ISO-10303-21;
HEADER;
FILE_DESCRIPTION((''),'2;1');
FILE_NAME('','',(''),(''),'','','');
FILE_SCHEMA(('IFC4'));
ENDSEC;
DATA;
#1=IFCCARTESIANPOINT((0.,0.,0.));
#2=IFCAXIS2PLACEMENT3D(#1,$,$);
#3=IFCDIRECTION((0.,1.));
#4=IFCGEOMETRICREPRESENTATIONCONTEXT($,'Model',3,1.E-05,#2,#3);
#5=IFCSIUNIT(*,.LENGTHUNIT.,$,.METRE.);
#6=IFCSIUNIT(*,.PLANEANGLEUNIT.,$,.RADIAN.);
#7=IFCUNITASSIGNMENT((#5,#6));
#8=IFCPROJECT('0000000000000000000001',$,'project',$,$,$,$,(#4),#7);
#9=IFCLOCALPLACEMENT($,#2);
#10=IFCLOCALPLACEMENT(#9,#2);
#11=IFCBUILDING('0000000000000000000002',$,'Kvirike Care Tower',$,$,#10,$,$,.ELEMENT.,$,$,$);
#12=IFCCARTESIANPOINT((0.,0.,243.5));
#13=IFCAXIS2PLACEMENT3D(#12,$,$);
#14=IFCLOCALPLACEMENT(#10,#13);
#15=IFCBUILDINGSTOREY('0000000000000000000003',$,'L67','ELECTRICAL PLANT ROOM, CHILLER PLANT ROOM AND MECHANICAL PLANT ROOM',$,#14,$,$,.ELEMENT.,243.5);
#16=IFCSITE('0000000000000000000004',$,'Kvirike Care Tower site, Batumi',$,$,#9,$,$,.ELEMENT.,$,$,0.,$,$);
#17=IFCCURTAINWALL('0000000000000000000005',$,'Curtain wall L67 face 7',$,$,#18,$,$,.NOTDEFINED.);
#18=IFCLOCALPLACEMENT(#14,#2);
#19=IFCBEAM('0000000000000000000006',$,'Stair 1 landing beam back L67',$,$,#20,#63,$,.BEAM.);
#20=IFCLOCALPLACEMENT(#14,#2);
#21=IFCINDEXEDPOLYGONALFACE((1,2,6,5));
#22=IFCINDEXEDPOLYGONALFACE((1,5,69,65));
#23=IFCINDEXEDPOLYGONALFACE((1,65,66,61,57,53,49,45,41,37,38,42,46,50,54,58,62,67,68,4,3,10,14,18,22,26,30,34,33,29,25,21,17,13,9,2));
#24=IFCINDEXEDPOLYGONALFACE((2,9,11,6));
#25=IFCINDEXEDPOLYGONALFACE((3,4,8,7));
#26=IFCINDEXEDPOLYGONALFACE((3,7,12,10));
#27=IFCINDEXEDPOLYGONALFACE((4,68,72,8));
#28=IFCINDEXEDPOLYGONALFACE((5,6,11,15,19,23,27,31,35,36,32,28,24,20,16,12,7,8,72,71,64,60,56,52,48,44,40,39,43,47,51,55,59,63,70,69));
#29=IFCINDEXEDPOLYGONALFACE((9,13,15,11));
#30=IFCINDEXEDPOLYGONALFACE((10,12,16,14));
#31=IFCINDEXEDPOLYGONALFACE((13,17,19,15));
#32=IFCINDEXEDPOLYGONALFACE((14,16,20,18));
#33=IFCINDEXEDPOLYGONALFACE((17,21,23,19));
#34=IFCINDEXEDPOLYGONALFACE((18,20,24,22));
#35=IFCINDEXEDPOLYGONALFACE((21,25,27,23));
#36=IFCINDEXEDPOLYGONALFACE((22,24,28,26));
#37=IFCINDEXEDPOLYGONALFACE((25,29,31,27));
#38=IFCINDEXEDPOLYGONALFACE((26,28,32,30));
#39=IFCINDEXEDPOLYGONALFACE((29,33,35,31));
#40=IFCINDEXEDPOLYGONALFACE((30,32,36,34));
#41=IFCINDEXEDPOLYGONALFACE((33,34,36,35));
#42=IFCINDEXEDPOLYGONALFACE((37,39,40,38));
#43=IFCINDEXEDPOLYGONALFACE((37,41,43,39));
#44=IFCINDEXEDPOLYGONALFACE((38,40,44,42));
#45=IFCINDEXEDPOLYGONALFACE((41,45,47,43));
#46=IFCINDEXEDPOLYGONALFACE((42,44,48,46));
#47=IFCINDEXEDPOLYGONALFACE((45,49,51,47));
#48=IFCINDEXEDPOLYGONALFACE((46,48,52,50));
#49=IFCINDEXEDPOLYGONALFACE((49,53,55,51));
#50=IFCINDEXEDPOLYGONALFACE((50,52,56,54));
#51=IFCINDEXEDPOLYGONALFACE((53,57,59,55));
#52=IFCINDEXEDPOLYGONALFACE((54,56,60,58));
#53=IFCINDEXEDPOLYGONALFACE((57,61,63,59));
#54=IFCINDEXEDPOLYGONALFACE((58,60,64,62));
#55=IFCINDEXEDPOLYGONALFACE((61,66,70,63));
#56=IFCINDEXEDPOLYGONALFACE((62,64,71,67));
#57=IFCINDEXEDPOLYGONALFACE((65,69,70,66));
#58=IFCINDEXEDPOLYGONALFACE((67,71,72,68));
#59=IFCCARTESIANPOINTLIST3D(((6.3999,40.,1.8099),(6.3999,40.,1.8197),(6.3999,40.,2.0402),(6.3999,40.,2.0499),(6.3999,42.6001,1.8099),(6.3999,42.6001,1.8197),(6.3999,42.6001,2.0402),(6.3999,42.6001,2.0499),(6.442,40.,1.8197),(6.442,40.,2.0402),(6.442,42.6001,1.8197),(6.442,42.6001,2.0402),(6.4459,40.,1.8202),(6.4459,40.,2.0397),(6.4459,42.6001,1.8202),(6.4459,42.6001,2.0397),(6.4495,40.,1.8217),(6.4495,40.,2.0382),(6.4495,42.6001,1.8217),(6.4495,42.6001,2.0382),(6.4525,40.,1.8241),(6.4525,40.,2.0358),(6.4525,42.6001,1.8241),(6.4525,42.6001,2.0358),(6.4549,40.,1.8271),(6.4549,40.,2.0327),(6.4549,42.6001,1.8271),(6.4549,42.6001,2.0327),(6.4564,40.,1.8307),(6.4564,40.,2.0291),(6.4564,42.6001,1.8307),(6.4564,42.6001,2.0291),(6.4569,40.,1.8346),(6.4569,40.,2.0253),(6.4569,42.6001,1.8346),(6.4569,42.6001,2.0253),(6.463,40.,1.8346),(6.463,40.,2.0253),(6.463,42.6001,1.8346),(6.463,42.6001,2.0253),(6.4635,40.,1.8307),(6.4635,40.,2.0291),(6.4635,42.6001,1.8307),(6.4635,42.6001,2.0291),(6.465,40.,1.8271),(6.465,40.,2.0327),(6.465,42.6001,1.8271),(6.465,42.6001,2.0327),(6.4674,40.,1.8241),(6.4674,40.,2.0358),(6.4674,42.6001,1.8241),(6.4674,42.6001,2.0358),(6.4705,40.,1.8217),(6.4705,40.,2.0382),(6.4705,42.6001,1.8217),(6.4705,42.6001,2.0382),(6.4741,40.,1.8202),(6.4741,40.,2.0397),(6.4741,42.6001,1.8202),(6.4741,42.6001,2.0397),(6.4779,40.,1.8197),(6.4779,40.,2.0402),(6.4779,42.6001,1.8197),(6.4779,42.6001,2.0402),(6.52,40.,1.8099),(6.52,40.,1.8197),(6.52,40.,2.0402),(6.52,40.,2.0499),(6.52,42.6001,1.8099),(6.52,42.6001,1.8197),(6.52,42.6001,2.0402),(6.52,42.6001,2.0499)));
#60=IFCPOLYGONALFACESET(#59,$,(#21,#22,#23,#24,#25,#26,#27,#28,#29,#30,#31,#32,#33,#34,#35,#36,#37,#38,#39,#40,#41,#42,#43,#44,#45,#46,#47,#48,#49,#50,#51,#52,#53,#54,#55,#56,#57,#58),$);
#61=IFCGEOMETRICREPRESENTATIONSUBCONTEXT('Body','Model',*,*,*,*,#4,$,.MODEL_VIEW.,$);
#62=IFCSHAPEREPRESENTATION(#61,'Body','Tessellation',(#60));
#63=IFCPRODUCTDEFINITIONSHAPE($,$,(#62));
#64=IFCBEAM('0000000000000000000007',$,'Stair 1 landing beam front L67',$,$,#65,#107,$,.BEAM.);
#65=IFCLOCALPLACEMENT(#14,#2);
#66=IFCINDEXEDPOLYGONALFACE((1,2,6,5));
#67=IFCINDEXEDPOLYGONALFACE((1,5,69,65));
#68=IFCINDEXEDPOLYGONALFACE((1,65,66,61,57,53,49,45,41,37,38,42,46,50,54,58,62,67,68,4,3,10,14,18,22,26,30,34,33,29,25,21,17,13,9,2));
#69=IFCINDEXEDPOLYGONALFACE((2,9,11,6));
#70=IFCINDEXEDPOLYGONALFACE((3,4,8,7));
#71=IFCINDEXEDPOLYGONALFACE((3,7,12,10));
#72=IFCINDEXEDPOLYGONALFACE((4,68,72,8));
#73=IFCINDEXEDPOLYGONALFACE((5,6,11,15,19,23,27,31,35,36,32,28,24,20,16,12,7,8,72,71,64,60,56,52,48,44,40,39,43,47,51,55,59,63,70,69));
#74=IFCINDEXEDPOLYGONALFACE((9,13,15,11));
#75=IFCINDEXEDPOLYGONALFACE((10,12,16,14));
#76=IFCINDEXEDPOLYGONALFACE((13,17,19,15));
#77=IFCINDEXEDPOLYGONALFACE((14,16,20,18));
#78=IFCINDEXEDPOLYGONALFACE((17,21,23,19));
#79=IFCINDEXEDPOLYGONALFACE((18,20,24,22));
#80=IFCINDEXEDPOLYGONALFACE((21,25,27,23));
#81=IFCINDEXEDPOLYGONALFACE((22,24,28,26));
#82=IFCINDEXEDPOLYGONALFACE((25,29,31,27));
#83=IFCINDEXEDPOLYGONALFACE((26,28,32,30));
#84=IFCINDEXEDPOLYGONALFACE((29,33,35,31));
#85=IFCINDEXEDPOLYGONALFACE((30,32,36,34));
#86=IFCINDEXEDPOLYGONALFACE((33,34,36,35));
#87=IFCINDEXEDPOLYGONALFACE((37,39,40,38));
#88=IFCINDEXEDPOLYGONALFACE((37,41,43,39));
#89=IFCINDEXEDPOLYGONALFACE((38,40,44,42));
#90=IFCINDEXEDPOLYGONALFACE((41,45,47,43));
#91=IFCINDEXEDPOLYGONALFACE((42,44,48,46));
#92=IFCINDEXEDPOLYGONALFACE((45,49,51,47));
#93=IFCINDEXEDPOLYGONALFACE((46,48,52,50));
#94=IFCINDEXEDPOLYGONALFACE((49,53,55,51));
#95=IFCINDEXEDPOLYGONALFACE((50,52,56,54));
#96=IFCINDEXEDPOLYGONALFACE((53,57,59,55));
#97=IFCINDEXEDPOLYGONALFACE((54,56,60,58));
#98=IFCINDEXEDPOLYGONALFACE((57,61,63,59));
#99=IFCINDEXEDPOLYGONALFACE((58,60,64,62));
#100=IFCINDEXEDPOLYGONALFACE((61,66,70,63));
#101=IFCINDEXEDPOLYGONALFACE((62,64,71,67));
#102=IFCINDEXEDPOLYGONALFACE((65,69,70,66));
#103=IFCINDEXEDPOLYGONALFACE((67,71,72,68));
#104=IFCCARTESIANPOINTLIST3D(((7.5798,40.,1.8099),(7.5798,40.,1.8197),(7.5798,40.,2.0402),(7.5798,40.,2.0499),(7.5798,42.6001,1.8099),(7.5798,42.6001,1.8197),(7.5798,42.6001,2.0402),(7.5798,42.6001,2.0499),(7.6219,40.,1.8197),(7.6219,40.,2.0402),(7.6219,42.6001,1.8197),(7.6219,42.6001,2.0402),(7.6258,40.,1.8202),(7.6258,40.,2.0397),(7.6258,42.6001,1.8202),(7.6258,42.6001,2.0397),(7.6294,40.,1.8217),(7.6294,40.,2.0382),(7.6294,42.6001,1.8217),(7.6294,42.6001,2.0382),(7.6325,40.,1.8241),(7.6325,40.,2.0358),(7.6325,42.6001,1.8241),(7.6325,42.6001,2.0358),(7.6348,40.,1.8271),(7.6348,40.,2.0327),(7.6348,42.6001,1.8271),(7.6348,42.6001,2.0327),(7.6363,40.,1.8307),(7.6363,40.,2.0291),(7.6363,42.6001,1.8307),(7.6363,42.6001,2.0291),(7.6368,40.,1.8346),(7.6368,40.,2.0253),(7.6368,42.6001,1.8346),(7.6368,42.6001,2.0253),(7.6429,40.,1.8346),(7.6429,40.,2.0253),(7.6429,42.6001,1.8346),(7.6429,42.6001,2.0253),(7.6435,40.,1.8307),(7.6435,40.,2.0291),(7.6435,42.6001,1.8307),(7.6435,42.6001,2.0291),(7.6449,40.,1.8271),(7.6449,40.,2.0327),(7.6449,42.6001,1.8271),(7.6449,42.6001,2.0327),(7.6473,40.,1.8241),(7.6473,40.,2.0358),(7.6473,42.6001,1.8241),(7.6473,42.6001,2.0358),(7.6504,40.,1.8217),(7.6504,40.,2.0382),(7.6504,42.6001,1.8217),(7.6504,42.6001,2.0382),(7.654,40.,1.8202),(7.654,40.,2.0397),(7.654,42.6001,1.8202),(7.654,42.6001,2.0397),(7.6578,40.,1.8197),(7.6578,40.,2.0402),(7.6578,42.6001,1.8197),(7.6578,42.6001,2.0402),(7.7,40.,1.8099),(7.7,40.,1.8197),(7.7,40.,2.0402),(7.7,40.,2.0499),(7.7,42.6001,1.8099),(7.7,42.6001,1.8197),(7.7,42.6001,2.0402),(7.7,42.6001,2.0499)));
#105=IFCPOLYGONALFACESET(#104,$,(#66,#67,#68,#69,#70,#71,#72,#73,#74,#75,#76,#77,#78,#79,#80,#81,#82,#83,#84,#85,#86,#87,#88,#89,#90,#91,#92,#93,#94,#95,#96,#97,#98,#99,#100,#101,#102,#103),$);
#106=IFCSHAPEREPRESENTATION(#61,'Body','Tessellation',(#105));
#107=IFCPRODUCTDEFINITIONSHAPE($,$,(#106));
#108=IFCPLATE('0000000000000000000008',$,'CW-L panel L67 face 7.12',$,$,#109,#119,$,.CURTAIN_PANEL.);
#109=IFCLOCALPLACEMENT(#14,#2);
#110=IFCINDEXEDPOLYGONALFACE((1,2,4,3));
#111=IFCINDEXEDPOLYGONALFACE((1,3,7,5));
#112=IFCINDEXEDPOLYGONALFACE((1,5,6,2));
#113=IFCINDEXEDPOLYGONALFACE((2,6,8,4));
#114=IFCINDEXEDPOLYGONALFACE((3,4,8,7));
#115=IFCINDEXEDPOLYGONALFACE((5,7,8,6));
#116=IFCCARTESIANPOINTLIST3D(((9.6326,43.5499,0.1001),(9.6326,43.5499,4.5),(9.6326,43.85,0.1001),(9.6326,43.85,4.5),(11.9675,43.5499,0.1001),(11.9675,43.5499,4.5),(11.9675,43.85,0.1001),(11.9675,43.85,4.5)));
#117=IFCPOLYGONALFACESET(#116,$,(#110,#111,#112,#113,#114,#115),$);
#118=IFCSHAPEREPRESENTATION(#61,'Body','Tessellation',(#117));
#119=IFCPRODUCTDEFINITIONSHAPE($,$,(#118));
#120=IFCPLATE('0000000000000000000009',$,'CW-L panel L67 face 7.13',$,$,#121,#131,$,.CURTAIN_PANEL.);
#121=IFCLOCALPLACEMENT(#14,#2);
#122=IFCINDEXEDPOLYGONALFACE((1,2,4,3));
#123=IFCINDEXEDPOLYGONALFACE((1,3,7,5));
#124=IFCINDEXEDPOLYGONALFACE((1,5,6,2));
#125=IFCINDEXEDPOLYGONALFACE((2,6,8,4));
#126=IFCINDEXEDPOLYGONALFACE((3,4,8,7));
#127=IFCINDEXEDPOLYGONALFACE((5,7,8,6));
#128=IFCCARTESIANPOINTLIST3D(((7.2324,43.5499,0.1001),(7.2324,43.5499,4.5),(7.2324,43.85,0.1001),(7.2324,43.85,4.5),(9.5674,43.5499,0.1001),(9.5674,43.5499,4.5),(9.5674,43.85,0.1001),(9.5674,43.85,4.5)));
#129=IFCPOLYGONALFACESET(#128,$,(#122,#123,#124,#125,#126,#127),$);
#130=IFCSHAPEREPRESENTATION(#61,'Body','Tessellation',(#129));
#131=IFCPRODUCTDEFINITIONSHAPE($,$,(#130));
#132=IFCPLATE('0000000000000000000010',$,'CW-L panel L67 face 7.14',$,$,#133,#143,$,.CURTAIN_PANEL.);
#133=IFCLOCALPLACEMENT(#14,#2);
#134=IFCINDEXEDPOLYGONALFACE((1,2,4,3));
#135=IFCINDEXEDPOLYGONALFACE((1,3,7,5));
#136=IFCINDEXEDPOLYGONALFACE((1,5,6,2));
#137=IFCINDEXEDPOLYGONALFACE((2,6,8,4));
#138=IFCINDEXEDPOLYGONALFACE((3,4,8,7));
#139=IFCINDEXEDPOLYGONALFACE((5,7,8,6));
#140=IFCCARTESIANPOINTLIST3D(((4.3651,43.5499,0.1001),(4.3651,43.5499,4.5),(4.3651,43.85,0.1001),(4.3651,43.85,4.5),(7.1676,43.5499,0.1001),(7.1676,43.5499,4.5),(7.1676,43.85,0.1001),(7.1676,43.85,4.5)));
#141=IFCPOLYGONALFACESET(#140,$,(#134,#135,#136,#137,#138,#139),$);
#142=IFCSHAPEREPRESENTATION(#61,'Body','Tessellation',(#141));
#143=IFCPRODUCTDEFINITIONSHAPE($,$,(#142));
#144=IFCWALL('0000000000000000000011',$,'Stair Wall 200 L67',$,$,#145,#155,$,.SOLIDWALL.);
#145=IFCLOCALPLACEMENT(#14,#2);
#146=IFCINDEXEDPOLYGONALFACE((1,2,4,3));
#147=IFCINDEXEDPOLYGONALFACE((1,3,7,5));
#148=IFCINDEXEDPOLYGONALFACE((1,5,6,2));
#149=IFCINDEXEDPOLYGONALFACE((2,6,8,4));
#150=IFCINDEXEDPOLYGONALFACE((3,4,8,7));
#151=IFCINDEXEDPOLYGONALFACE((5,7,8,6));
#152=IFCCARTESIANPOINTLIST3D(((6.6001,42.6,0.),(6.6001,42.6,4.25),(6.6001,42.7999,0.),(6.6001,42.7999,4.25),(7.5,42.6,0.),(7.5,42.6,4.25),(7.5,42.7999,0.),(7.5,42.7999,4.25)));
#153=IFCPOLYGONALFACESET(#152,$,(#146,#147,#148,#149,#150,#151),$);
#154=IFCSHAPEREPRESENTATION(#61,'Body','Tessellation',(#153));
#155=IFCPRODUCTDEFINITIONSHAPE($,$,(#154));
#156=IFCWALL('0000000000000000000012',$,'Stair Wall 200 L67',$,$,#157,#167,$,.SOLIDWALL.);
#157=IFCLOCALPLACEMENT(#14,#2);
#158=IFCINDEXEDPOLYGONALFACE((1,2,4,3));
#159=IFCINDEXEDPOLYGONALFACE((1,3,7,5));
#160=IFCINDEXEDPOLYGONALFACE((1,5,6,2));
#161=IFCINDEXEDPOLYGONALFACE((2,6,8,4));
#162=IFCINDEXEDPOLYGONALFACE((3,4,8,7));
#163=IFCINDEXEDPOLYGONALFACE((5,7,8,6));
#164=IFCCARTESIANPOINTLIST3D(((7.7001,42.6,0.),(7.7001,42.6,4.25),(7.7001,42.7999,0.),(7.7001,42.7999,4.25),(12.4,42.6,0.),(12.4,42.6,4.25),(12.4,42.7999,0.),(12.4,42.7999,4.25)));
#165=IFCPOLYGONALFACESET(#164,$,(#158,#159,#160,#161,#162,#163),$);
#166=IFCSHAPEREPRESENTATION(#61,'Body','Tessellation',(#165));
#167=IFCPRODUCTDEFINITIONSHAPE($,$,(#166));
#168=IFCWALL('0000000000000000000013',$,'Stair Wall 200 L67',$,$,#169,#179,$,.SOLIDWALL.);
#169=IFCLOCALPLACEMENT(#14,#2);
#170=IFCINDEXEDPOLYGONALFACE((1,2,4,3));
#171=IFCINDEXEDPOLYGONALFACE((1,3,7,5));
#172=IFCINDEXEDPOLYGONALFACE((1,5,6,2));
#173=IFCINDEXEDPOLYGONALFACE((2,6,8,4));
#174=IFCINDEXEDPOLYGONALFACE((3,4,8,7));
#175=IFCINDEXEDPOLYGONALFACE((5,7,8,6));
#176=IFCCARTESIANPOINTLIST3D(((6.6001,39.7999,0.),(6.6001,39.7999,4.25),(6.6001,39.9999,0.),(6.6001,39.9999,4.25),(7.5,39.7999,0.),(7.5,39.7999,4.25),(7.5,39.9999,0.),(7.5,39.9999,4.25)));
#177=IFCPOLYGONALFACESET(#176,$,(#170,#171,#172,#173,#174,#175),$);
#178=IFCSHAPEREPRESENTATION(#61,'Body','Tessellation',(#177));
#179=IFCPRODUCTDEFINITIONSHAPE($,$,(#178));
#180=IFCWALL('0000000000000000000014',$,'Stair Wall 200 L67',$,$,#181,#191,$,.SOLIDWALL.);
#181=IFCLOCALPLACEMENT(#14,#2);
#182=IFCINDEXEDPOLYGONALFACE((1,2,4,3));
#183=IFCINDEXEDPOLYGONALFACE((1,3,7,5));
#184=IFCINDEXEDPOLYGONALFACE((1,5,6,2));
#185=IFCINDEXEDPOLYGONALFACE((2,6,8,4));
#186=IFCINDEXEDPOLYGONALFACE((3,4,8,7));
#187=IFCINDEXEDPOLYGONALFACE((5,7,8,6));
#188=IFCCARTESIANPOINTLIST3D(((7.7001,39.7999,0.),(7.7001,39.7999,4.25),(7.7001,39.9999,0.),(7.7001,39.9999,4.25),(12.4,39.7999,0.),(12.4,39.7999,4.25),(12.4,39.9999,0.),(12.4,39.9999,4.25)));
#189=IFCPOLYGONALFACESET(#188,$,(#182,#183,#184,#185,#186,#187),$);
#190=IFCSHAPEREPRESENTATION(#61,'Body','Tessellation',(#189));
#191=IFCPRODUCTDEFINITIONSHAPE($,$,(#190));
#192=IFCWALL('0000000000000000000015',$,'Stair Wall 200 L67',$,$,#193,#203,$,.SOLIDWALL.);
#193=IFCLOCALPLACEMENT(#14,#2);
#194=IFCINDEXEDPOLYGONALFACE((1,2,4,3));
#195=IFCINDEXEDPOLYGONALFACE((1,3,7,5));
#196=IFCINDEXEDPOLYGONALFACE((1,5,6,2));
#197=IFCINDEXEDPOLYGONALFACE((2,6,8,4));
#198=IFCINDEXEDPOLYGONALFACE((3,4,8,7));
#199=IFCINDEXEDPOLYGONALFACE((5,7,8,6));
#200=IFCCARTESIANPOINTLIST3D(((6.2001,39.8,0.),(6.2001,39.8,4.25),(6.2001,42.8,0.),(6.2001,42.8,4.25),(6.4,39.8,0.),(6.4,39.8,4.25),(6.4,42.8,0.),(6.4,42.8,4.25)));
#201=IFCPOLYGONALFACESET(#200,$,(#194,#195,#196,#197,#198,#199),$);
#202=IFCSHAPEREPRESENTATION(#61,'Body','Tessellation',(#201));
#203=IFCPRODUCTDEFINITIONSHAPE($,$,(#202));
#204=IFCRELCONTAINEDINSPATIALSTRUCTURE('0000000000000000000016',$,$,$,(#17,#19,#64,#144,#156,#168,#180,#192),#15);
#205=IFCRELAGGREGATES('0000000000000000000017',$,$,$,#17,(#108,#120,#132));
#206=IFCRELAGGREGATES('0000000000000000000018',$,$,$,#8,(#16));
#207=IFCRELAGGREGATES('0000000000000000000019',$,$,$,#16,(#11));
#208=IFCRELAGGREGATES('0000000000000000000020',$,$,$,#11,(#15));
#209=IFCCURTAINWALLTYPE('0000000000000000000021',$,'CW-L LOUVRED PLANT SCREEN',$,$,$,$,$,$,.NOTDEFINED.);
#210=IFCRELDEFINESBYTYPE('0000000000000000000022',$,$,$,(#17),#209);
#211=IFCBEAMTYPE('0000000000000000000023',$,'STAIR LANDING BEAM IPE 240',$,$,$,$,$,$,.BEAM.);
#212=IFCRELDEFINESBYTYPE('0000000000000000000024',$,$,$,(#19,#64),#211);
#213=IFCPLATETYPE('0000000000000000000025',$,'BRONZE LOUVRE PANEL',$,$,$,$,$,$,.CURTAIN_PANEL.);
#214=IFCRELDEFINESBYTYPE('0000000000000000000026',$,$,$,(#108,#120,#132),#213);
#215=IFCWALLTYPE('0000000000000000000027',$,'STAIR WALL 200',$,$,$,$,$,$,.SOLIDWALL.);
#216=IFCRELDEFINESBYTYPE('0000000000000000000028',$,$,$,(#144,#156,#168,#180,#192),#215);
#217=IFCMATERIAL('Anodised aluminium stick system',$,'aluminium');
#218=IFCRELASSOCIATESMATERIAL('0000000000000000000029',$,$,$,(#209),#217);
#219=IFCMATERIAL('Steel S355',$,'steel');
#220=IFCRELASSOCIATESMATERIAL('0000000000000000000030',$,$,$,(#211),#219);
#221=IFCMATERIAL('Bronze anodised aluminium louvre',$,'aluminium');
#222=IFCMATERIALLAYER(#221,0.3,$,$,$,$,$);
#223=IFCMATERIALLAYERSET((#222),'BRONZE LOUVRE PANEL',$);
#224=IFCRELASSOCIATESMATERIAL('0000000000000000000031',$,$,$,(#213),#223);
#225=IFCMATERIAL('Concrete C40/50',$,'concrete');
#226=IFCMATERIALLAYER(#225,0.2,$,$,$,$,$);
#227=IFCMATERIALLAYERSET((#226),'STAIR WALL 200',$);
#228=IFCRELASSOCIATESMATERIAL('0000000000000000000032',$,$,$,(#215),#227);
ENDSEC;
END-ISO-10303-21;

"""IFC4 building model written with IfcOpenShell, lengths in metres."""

from ifc_helpers import new_model, si_unit, direction, frame, frame_2d, origin, origin_2d, place, context, subcontext, project, spatial, rectangle, i_section, extrude, material, layer, layer_set, material_profile, profile_set, type_object, element, aggregate, save


model = new_model("IFC4")

# Units and contexts
model_context = context("Model", 3, precision=1e-05, world=origin(), true_north=direction((0.0, 1.0)))
body_context = subcontext(model_context, "Body", "Model", "MODEL_VIEW")
ifc_project = project(units=[si_unit("LENGTHUNIT", "METRE"), si_unit("PLANEANGLEUNIT", "RADIAN")], contexts=[model_context])

# Site, building, storey
site_placement = place(None, origin())
site = spatial("IfcSite", under=ifc_project, at=site_placement, Name="Kvirike Care Tower site, Batumi", CompositionType="ELEMENT", RefElevation=0.0)
building_placement = place(site_placement, origin())
building = spatial("IfcBuilding", under=site, at=building_placement, Name="Kvirike Care Tower", CompositionType="ELEMENT")
storey_placement = place(building_placement, frame((0.0, 0.0, 243.5)))
storey = spatial("IfcBuildingStorey", under=building, at=storey_placement, Name="L67", Description="ELECTRICAL PLANT ROOM, CHILLER PLANT ROOM AND MECHANICAL PLANT ROOM", CompositionType="ELEMENT", Elevation=243.5)

# Curtain wall
ifc_material_1 = material(Name="Anodised aluminium stick system", Category="aluminium")
curtain_wall_type = type_object("IfcCurtainWallType", Name="CW-L LOUVRED PLANT SCREEN", PredefinedType="NOTDEFINED", material=ifc_material_1)
curtain_wall_placement = place(storey_placement, origin())
curtain_wall = element("IfcCurtainWall", 1, at=curtain_wall_placement, inside=storey, type_object=curtain_wall_type, Name="Curtain wall L67 face 7", PredefinedType="NOTDEFINED")

# Beams
ifc_material_2 = material(Name="Steel S355", Category="steel")
ifc_material_profile_1 = material_profile(ifc_material_2, i_section(OverallWidth=0.1201, OverallDepth=0.24, WebThickness=0.0061, FlangeThickness=0.0098, FilletRadius=0.0149, at=origin_2d()), Name="IPE 240")
ifc_profile_set_1 = profile_set([ifc_material_profile_1], Name="Steel S355")
beam_type_1 = type_object("IfcBeamType", Name="STAIR LANDING BEAM IPE 240", PredefinedType="BEAM", material=ifc_profile_set_1)
for number, where, z_axis, x_axis, name in (
    (2, (6.46, 42.6001, 1.9299), (0.0, -1.0, 0.0), (1.0, 0.0, 0.0), "Stair 1 landing beam back L67"),
    (3, (7.6399, 42.6001, 1.9299), (0.0, -1.0, 0.0), (1.0, 0.0, 0.0), "Stair 1 landing beam front L67"),
):
    element("IfcBeam", number, at=place(storey_placement, frame(where, z_axis=z_axis, x_axis=x_axis)), inside=storey, type_object=beam_type_1, Name=name, PredefinedType="BEAM", context=body_context, shape_type="SweptSolid", body=[
        extrude(i_section(OverallWidth=0.1201, OverallDepth=0.24, WebThickness=0.0061, FlangeThickness=0.0098, FilletRadius=0.0149, at=origin_2d()), origin(), (0.0, 0.0, 1.0), 2.6001),
    ])

# Plates
ifc_material_3 = material(Name="Bronze anodised aluminium louvre", Category="aluminium")
ifc_layer_1 = layer(ifc_material_3, 0.3)
ifc_layer_set_1 = layer_set([ifc_layer_1], Name="BRONZE LOUVRE PANEL")
plate_type = type_object("IfcPlateType", Name="BRONZE LOUVRE PANEL", PredefinedType="CURTAIN_PANEL", material=ifc_layer_set_1)
plate_1_placement = place(storey_placement, frame((10.8, 43.7, 0.1001), z_axis=(0.0, 0.0, 1.0), x_axis=(-1.0, 0.0, 0.0)))
plate_1 = element("IfcPlate", 4, at=plate_1_placement, type_object=plate_type, Name="CW-L panel L67 face 7.12", PredefinedType="CURTAIN_PANEL", context=body_context, shape_type="SweptSolid", body=[
    extrude(rectangle(XDim=2.335, YDim=0.3, at=origin_2d()), origin(), (0.0, 0.0, 1.0), 4.3999),
])
plate_2_placement = place(storey_placement, frame((8.3999, 43.7, 0.1001), z_axis=(0.0, 0.0, 1.0), x_axis=(-1.0, 0.0, 0.0)))
plate_2 = element("IfcPlate", 5, at=plate_2_placement, type_object=plate_type, Name="CW-L panel L67 face 7.13", PredefinedType="CURTAIN_PANEL", context=body_context, shape_type="SweptSolid", body=[
    extrude(rectangle(XDim=2.335, YDim=0.3, at=origin_2d()), origin(), (0.0, 0.0, 1.0), 4.3999),
])
plate_3_placement = place(storey_placement, frame((5.7664, 43.7, 0.1001), z_axis=(0.0, 0.0, 1.0), x_axis=(-1.0, 0.0, 0.0)))
plate_3 = element("IfcPlate", 6, at=plate_3_placement, type_object=plate_type, Name="CW-L panel L67 face 7.14", PredefinedType="CURTAIN_PANEL", context=body_context, shape_type="SweptSolid", body=[
    extrude(rectangle(XDim=2.8025, YDim=0.3, at=origin_2d()), origin(), (0.0, 0.0, 1.0), 4.3999),
])
aggregate(curtain_wall, [plate_1, plate_2, plate_3])

# Walls
ifc_material_4 = material(Name="Concrete C40/50", Category="concrete")
ifc_layer_2 = layer(ifc_material_4, 0.2)
ifc_layer_set_2 = layer_set([ifc_layer_2], Name="STAIR WALL 200")
wall_type = type_object("IfcWallType", Name="STAIR WALL 200", PredefinedType="SOLIDWALL", material=ifc_layer_set_2)
wall_1_placement = place(storey_placement, frame((6.6001, 42.7, 0.0), z_axis=(0.0, 0.0, 1.0), x_axis=(1.0, 0.0, 0.0)))
element("IfcWall", 7, at=wall_1_placement, inside=storey, type_object=wall_type, Name="Stair Wall 200 L67", PredefinedType="SOLIDWALL", context=body_context, shape_type="SweptSolid", body=[
    extrude(rectangle(XDim=0.8999, YDim=0.2, at=frame_2d((0.45, 0.0))), origin(), (0.0, 0.0, 1.0), 4.25),
])
wall_2_placement = place(storey_placement, frame((7.7, 42.7, 0.0), z_axis=(0.0, 0.0, 1.0), x_axis=(1.0, 0.0, 0.0)))
element("IfcWall", 8, at=wall_2_placement, inside=storey, type_object=wall_type, Name="Stair Wall 200 L67", PredefinedType="SOLIDWALL", context=body_context, shape_type="SweptSolid", body=[
    extrude(rectangle(XDim=4.7, YDim=0.2, at=frame_2d((2.3501, 0.0))), origin(), (0.0, 0.0, 1.0), 4.25),
])
wall_3_placement = place(storey_placement, frame((6.6001, 39.8999, 0.0), z_axis=(0.0, 0.0, 1.0), x_axis=(1.0, 0.0, 0.0)))
element("IfcWall", 9, at=wall_3_placement, inside=storey, type_object=wall_type, Name="Stair Wall 200 L67", PredefinedType="SOLIDWALL", context=body_context, shape_type="SweptSolid", body=[
    extrude(rectangle(XDim=0.8999, YDim=0.2, at=frame_2d((0.45, 0.0))), origin(), (0.0, 0.0, 1.0), 4.25),
])
wall_4_placement = place(storey_placement, frame((7.7, 39.8999, 0.0), z_axis=(0.0, 0.0, 1.0), x_axis=(1.0, 0.0, 0.0)))
element("IfcWall", 10, at=wall_4_placement, inside=storey, type_object=wall_type, Name="Stair Wall 200 L67", PredefinedType="SOLIDWALL", context=body_context, shape_type="SweptSolid", body=[
    extrude(rectangle(XDim=4.7, YDim=0.2, at=frame_2d((2.3501, 0.0))), origin(), (0.0, 0.0, 1.0), 4.25),
])
wall_5_placement = place(storey_placement, frame((6.3, 42.8, 0.0), z_axis=(0.0, 0.0, 1.0), x_axis=(0.0, -1.0, 0.0)))
element("IfcWall", 11, at=wall_5_placement, inside=storey, type_object=wall_type, Name="Stair Wall 200 L67", PredefinedType="SOLIDWALL", context=body_context, shape_type="SweptSolid", body=[
    extrude(rectangle(XDim=3.0, YDim=0.2, at=frame_2d((1.5, 0.0))), origin(), (0.0, 0.0, 1.0), 4.25),
])

save(model, "model.ifc")
